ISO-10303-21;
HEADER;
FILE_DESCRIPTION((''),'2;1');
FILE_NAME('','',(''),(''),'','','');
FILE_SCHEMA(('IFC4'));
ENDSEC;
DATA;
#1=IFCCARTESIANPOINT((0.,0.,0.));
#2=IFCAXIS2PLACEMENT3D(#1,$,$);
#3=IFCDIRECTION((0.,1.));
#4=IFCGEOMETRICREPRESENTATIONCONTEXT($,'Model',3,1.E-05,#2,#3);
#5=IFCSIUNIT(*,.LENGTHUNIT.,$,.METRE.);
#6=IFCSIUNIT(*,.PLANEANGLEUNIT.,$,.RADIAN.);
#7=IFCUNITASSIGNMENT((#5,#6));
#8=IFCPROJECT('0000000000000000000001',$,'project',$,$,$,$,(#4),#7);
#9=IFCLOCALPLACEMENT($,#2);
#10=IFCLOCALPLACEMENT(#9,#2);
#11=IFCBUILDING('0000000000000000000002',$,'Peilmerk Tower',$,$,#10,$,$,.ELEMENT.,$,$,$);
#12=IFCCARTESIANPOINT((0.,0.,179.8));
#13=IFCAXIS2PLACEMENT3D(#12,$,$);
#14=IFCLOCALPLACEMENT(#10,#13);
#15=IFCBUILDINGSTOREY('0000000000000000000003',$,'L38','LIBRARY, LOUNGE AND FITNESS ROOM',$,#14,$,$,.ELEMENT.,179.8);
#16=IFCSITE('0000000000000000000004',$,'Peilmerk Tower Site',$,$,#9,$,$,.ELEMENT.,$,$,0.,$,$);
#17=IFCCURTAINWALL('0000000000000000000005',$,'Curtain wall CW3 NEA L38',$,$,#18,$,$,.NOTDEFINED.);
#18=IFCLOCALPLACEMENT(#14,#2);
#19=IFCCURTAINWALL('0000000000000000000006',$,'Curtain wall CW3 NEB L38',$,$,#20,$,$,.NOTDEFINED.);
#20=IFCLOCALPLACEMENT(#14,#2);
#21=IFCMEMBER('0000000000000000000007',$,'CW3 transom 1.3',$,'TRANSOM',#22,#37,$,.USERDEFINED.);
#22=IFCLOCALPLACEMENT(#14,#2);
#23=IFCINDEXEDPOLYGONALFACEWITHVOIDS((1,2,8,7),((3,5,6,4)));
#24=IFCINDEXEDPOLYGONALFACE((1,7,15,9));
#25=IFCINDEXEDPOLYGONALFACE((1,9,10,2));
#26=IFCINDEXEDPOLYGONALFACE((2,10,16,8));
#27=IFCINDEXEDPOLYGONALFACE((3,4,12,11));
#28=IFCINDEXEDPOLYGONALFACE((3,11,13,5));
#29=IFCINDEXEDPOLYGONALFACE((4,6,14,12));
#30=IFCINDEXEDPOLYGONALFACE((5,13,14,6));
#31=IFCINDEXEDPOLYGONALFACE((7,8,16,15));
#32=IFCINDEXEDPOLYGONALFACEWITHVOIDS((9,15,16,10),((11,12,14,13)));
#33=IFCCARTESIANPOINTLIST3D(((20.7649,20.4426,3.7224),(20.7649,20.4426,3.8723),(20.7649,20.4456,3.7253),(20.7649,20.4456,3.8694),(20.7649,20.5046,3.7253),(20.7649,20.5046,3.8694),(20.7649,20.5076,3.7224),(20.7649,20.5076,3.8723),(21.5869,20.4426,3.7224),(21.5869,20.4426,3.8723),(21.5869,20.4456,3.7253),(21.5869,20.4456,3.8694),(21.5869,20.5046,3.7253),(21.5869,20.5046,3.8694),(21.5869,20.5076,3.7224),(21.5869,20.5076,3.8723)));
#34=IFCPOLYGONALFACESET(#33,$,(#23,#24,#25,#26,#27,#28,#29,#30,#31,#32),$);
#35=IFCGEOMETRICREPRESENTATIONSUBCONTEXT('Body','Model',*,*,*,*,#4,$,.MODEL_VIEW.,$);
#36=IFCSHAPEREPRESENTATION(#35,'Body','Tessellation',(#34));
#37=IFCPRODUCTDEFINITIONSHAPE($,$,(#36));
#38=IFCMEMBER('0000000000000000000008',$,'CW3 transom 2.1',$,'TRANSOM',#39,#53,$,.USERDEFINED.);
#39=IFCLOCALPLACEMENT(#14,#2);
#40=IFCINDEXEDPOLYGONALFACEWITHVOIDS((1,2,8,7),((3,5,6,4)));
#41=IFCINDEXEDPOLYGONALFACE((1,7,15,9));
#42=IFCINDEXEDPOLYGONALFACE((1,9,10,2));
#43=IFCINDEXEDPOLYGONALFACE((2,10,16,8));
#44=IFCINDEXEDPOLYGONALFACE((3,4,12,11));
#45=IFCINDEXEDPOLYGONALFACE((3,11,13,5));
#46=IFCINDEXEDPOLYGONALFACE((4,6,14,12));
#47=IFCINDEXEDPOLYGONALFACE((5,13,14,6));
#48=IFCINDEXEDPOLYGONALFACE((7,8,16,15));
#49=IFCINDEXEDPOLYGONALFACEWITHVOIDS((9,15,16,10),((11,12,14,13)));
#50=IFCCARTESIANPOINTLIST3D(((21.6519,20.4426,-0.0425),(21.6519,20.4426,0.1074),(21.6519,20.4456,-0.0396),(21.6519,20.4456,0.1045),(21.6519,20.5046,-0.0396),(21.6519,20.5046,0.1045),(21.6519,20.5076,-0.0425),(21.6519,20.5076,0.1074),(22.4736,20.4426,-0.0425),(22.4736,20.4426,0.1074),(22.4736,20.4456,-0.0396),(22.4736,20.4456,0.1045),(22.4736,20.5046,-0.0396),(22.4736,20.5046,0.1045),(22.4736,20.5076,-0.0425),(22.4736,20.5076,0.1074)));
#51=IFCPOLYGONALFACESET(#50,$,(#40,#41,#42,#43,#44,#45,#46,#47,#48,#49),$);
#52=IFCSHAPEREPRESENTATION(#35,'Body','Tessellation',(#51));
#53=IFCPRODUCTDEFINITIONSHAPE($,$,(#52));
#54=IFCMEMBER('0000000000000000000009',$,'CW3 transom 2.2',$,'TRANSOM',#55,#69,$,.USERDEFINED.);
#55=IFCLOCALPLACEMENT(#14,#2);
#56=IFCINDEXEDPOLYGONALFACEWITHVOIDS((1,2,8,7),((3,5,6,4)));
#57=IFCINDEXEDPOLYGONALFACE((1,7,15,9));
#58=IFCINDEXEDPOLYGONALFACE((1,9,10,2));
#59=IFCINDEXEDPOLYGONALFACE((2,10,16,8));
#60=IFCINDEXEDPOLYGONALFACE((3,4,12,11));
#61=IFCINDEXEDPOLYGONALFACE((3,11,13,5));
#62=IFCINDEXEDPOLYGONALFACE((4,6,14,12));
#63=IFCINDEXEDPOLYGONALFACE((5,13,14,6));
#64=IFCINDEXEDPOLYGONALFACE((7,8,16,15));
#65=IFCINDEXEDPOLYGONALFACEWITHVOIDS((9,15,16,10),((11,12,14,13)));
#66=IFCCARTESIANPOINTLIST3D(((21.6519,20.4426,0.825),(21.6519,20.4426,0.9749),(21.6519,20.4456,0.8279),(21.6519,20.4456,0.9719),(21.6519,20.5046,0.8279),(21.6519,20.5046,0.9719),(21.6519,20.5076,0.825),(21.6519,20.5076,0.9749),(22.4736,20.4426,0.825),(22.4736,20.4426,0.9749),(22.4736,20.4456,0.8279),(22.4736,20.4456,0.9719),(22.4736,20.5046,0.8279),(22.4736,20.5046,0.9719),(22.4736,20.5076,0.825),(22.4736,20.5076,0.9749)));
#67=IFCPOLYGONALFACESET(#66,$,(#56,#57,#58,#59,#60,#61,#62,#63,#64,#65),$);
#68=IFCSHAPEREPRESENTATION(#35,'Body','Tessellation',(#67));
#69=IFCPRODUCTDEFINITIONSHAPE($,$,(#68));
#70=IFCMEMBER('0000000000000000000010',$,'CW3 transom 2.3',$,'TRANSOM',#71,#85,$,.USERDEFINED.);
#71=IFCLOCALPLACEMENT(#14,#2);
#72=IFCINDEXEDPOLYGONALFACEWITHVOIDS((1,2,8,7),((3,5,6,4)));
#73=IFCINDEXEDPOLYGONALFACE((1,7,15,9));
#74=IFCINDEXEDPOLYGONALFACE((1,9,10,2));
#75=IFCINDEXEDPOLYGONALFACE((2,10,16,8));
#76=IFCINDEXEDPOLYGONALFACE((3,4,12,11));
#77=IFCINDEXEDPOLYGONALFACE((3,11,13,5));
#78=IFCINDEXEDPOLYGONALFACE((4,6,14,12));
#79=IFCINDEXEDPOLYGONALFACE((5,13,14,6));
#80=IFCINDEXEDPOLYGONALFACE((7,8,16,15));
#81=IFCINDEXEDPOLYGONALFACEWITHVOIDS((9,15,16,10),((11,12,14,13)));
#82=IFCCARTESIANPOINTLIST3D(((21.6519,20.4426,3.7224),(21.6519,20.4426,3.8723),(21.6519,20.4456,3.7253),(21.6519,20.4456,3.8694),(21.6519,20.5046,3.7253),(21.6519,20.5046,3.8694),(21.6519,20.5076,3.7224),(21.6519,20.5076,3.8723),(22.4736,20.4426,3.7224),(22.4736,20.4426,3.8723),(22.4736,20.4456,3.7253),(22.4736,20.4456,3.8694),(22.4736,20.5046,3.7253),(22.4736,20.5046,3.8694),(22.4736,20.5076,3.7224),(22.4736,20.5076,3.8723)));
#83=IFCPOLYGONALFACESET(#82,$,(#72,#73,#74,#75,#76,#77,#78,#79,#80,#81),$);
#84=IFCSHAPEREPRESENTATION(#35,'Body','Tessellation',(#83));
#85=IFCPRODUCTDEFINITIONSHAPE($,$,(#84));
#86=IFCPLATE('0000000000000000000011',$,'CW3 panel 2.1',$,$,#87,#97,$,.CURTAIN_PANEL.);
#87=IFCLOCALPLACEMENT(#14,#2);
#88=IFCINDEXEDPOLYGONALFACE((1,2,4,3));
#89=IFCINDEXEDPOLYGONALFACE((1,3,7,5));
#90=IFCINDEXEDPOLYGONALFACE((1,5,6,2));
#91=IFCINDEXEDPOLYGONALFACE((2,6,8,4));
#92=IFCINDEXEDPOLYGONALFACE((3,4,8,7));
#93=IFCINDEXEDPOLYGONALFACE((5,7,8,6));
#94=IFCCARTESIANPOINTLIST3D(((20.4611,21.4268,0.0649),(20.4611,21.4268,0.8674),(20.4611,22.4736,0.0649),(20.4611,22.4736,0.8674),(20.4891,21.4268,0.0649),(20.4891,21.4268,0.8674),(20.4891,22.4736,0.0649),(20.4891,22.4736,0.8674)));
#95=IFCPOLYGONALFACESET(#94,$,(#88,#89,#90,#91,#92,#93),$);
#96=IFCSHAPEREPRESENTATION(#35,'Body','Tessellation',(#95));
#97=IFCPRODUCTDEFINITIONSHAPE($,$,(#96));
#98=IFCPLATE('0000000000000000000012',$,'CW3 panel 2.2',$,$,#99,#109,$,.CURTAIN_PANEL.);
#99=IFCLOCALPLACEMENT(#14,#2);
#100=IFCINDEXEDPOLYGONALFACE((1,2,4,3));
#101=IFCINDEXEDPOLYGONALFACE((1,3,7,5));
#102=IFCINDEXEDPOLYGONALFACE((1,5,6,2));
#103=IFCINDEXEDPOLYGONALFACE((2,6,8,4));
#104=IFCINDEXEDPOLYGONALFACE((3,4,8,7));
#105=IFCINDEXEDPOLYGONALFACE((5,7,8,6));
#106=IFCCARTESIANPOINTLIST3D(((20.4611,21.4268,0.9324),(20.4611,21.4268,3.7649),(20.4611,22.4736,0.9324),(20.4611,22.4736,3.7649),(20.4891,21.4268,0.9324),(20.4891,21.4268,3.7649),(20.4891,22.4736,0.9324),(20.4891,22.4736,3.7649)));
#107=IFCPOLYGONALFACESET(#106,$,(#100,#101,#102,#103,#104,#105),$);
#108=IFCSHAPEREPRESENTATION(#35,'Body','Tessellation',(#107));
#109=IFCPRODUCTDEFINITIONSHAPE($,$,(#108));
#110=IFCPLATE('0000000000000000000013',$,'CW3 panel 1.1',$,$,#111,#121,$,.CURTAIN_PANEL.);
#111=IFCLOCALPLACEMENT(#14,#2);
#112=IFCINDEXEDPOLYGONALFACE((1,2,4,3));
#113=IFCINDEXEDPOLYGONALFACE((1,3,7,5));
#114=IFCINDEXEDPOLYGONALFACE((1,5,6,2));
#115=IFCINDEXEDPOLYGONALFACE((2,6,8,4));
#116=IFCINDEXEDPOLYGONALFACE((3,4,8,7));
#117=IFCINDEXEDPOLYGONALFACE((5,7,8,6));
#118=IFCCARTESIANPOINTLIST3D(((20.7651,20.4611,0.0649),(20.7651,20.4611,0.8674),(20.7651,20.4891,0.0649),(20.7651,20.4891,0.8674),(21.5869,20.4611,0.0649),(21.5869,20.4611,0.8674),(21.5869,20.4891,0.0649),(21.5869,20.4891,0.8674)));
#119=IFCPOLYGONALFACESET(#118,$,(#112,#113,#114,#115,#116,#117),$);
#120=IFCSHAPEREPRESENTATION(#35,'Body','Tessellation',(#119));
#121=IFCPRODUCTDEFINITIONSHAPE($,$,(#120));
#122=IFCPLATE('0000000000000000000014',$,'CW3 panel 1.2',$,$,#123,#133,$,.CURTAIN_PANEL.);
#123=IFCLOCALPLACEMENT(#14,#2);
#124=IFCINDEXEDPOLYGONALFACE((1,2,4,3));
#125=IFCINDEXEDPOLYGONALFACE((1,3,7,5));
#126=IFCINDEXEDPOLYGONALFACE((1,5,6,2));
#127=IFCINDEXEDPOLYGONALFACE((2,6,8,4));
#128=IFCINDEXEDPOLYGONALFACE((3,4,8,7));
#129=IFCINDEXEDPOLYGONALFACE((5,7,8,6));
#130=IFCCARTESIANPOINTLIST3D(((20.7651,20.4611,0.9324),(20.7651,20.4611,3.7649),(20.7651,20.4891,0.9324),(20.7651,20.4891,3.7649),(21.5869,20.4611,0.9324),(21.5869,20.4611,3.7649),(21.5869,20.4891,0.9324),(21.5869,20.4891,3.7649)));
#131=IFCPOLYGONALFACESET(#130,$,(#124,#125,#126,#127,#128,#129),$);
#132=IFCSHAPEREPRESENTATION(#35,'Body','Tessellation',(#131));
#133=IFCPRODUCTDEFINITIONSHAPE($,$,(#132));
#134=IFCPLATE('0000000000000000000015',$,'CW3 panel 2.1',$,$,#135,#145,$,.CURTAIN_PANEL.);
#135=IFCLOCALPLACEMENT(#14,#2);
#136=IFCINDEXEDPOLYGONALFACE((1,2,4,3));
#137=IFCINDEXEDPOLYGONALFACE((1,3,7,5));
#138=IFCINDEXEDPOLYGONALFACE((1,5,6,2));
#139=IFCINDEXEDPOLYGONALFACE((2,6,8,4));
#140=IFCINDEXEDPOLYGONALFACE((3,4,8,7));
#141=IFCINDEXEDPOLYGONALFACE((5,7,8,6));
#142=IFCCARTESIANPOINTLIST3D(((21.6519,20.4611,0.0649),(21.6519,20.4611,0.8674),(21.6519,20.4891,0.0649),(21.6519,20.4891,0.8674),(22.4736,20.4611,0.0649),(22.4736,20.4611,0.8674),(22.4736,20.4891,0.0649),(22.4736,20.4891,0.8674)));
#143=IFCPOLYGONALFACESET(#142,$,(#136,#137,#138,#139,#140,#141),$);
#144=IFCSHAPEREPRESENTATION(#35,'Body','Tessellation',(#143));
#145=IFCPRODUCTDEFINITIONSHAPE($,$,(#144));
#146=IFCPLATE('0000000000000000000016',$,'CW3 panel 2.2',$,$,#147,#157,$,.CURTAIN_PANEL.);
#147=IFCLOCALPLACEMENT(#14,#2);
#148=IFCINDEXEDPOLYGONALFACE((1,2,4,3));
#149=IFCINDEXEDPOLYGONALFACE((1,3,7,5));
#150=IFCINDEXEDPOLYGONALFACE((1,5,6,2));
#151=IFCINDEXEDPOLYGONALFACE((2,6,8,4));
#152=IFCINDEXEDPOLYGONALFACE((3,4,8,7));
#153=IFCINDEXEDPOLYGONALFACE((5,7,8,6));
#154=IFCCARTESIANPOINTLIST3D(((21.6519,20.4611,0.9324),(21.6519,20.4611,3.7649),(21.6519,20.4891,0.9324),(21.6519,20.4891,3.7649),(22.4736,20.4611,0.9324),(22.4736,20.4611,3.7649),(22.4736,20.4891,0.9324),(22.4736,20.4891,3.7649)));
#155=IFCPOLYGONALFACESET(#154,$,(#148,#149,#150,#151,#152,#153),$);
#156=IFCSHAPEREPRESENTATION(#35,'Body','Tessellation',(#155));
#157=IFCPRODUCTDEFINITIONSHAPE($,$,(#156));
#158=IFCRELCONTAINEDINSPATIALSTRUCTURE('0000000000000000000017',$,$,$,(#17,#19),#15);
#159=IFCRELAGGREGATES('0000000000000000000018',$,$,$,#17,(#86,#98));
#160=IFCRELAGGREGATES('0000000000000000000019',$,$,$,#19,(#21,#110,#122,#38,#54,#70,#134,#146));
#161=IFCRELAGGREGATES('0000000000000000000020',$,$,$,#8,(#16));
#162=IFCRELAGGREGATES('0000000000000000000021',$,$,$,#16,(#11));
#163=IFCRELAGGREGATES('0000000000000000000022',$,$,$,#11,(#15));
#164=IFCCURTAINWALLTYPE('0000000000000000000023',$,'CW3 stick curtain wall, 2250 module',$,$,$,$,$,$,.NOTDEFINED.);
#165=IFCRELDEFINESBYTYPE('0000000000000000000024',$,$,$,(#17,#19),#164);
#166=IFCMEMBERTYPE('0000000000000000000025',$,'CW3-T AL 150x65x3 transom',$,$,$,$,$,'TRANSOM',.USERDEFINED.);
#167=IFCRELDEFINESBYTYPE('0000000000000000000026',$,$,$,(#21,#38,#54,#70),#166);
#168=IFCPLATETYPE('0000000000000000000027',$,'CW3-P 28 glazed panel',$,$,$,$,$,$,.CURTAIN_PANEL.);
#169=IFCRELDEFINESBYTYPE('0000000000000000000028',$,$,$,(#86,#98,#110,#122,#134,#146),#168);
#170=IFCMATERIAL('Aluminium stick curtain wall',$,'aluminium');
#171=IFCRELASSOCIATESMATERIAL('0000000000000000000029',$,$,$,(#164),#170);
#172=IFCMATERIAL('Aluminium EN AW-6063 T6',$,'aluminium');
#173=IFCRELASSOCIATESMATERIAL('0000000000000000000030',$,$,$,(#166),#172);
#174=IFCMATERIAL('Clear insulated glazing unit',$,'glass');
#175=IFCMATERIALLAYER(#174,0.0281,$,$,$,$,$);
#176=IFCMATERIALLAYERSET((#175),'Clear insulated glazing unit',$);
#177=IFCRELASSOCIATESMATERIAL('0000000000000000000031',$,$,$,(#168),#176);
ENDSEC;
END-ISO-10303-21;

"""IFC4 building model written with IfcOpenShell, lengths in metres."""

from ifc_helpers import new_model, si_unit, direction, frame, origin, origin_2d, place, context, subcontext, project, spatial, rectangle, hollow_rectangle, extrude, material, layer, layer_set, material_profile, profile_set, type_object, element, aggregate, save


model = new_model("IFC4")

# Units and contexts
model_context = context("Model", 3, precision=1e-05, world=origin(), true_north=direction((0.0, 1.0)))
body_context = subcontext(model_context, "Body", "Model", "MODEL_VIEW")
ifc_project = project(units=[si_unit("LENGTHUNIT", "METRE"), si_unit("PLANEANGLEUNIT", "RADIAN")], contexts=[model_context])

# Site, building, storey
site_placement = place(None, origin())
site = spatial("IfcSite", under=ifc_project, at=site_placement, Name="Peilmerk Tower Site", CompositionType="ELEMENT", RefElevation=0.0)
building_placement = place(site_placement, origin())
building = spatial("IfcBuilding", under=site, at=building_placement, Name="Peilmerk Tower", CompositionType="ELEMENT")
storey_placement = place(building_placement, frame((0.0, 0.0, 179.8)))
storey = spatial("IfcBuildingStorey", under=building, at=storey_placement, Name="L38", Description="LIBRARY, LOUNGE AND FITNESS ROOM", CompositionType="ELEMENT", Elevation=179.8)

# Curtain wall
ifc_material_1 = material(Name="Aluminium stick curtain wall", Category="aluminium")
curtain_wall_type = type_object("IfcCurtainWallType", Name="CW3 stick curtain wall, 2250 module", PredefinedType="NOTDEFINED", material=ifc_material_1)
curtain_wall_1_placement = place(storey_placement, origin())
curtain_wall_1 = element("IfcCurtainWall", 1, at=curtain_wall_1_placement, inside=storey, type_object=curtain_wall_type, Name="Curtain wall CW3 NEA L38", PredefinedType="NOTDEFINED")
ifc_material_2 = material(Name="Aluminium EN AW-6063 T6", Category="aluminium")

# Curtain wall
curtain_wall_2_placement = place(storey_placement, origin())
curtain_wall_2 = element("IfcCurtainWall", 2, at=curtain_wall_2_placement, inside=storey, type_object=curtain_wall_type, Name="Curtain wall CW3 NEB L38", PredefinedType="NOTDEFINED")

# Members
ifc_material_profile_1 = material_profile(ifc_material_2, hollow_rectangle(XDim=0.0649, YDim=0.1499, WallThickness=0.0029, at=origin_2d()), Name="AL 150x65x3")
ifc_profile_set_1 = profile_set([ifc_material_profile_1], Name="Aluminium EN AW-6063 T6")
member_type_1 = type_object("IfcMemberType", Name="CW3-T AL 150x65x3 transom", ElementType="TRANSOM", PredefinedType="USERDEFINED", material=ifc_profile_set_1)
member_1_placement = place(storey_placement, frame((20.7649, 20.4751, 3.7974), z_axis=(1.0, 0.0, 0.0), x_axis=(0.0, 1.0, 0.0)))
member_1 = element("IfcMember", 3, at=member_1_placement, type_object=member_type_1, Name="CW3 transom 1.3", ObjectType="TRANSOM", PredefinedType="USERDEFINED", context=body_context, shape_type="SweptSolid", body=[
    extrude(hollow_rectangle(XDim=0.0649, YDim=0.1499, WallThickness=0.0029, at=origin_2d()), origin(), (0.0, 0.0, 1.0), 0.822),
])
member_2_placement = place(storey_placement, frame((21.6519, 20.4751, 0.0325), z_axis=(1.0, 0.0, 0.0), x_axis=(0.0, 1.0, 0.0)))
member_2 = element("IfcMember", 4, at=member_2_placement, type_object=member_type_1, Name="CW3 transom 2.1", ObjectType="TRANSOM", PredefinedType="USERDEFINED", context=body_context, shape_type="SweptSolid", body=[
    extrude(hollow_rectangle(XDim=0.0649, YDim=0.1499, WallThickness=0.0029, at=origin_2d()), origin(), (0.0, 0.0, 1.0), 0.8218),
])
member_3_placement = place(storey_placement, frame((21.6519, 20.4751, 0.8999), z_axis=(1.0, 0.0, 0.0), x_axis=(0.0, 1.0, 0.0)))
member_3 = element("IfcMember", 5, at=member_3_placement, type_object=member_type_1, Name="CW3 transom 2.2", ObjectType="TRANSOM", PredefinedType="USERDEFINED", context=body_context, shape_type="SweptSolid", body=[
    extrude(hollow_rectangle(XDim=0.0649, YDim=0.1499, WallThickness=0.0029, at=origin_2d()), origin(), (0.0, 0.0, 1.0), 0.8218),
])
member_4_placement = place(storey_placement, frame((21.6519, 20.4751, 3.7974), z_axis=(1.0, 0.0, 0.0), x_axis=(0.0, 1.0, 0.0)))
member_4 = element("IfcMember", 6, at=member_4_placement, type_object=member_type_1, Name="CW3 transom 2.3", ObjectType="TRANSOM", PredefinedType="USERDEFINED", context=body_context, shape_type="SweptSolid", body=[
    extrude(hollow_rectangle(XDim=0.0649, YDim=0.1499, WallThickness=0.0029, at=origin_2d()), origin(), (0.0, 0.0, 1.0), 0.8218),
])

# Plates
ifc_material_3 = material(Name="Clear insulated glazing unit", Category="glass")
ifc_layer_1 = layer(ifc_material_3, 0.0281)
ifc_layer_set_1 = layer_set([ifc_layer_1], Name="Clear insulated glazing unit")
plate_type = type_object("IfcPlateType", Name="CW3-P 28 glazed panel", PredefinedType="CURTAIN_PANEL", material=ifc_layer_set_1)
plate_1_placement = place(storey_placement, frame((20.4751, 21.9502, 0.0649), z_axis=(0.0, 0.0, 1.0), x_axis=(0.0, 1.0, 0.0)))
plate_1 = element("IfcPlate", 7, at=plate_1_placement, type_object=plate_type, Name="CW3 panel 2.1", PredefinedType="CURTAIN_PANEL", context=body_context, shape_type="SweptSolid", body=[
    extrude(rectangle(XDim=1.0469, YDim=0.0281, at=origin_2d()), origin(), (0.0, 0.0, 1.0), 0.8025),
])
plate_2_placement = place(storey_placement, frame((20.4751, 21.9502, 0.9324), z_axis=(0.0, 0.0, 1.0), x_axis=(0.0, 1.0, 0.0)))
plate_2 = element("IfcPlate", 8, at=plate_2_placement, type_object=plate_type, Name="CW3 panel 2.2", PredefinedType="CURTAIN_PANEL", context=body_context, shape_type="SweptSolid", body=[
    extrude(rectangle(XDim=1.0469, YDim=0.0281, at=origin_2d()), origin(), (0.0, 0.0, 1.0), 2.8325),
])
aggregate(curtain_wall_1, [plate_1, plate_2])
plate_3_placement = place(storey_placement, frame((21.176, 20.4751, 0.0649), z_axis=(0.0, 0.0, 1.0), x_axis=(1.0, 0.0, 0.0)))
plate_3 = element("IfcPlate", 9, at=plate_3_placement, type_object=plate_type, Name="CW3 panel 1.1", PredefinedType="CURTAIN_PANEL", context=body_context, shape_type="SweptSolid", body=[
    extrude(rectangle(XDim=0.8218, YDim=0.0281, at=origin_2d()), origin(), (0.0, 0.0, 1.0), 0.8025),
])
plate_4_placement = place(storey_placement, frame((21.176, 20.4751, 0.9324), z_axis=(0.0, 0.0, 1.0), x_axis=(1.0, 0.0, 0.0)))
plate_4 = element("IfcPlate", 10, at=plate_4_placement, type_object=plate_type, Name="CW3 panel 1.2", PredefinedType="CURTAIN_PANEL", context=body_context, shape_type="SweptSolid", body=[
    extrude(rectangle(XDim=0.8218, YDim=0.0281, at=origin_2d()), origin(), (0.0, 0.0, 1.0), 2.8325),
])
plate_5_placement = place(storey_placement, frame((22.0627, 20.4751, 0.0649), z_axis=(0.0, 0.0, 1.0), x_axis=(1.0, 0.0, 0.0)))
plate_5 = element("IfcPlate", 11, at=plate_5_placement, type_object=plate_type, Name="CW3 panel 2.1", PredefinedType="CURTAIN_PANEL", context=body_context, shape_type="SweptSolid", body=[
    extrude(rectangle(XDim=0.8218, YDim=0.0281, at=origin_2d()), origin(), (0.0, 0.0, 1.0), 0.8025),
])
plate_6_placement = place(storey_placement, frame((22.0627, 20.4751, 0.9324), z_axis=(0.0, 0.0, 1.0), x_axis=(1.0, 0.0, 0.0)))
plate_6 = element("IfcPlate", 12, at=plate_6_placement, type_object=plate_type, Name="CW3 panel 2.2", PredefinedType="CURTAIN_PANEL", context=body_context, shape_type="SweptSolid", body=[
    extrude(rectangle(XDim=0.8218, YDim=0.0281, at=origin_2d()), origin(), (0.0, 0.0, 1.0), 2.8325),
])
aggregate(curtain_wall_2, [member_1, plate_3, plate_4, member_2, member_3, member_4, plate_5, plate_6])

save(model, "model.ifc")
